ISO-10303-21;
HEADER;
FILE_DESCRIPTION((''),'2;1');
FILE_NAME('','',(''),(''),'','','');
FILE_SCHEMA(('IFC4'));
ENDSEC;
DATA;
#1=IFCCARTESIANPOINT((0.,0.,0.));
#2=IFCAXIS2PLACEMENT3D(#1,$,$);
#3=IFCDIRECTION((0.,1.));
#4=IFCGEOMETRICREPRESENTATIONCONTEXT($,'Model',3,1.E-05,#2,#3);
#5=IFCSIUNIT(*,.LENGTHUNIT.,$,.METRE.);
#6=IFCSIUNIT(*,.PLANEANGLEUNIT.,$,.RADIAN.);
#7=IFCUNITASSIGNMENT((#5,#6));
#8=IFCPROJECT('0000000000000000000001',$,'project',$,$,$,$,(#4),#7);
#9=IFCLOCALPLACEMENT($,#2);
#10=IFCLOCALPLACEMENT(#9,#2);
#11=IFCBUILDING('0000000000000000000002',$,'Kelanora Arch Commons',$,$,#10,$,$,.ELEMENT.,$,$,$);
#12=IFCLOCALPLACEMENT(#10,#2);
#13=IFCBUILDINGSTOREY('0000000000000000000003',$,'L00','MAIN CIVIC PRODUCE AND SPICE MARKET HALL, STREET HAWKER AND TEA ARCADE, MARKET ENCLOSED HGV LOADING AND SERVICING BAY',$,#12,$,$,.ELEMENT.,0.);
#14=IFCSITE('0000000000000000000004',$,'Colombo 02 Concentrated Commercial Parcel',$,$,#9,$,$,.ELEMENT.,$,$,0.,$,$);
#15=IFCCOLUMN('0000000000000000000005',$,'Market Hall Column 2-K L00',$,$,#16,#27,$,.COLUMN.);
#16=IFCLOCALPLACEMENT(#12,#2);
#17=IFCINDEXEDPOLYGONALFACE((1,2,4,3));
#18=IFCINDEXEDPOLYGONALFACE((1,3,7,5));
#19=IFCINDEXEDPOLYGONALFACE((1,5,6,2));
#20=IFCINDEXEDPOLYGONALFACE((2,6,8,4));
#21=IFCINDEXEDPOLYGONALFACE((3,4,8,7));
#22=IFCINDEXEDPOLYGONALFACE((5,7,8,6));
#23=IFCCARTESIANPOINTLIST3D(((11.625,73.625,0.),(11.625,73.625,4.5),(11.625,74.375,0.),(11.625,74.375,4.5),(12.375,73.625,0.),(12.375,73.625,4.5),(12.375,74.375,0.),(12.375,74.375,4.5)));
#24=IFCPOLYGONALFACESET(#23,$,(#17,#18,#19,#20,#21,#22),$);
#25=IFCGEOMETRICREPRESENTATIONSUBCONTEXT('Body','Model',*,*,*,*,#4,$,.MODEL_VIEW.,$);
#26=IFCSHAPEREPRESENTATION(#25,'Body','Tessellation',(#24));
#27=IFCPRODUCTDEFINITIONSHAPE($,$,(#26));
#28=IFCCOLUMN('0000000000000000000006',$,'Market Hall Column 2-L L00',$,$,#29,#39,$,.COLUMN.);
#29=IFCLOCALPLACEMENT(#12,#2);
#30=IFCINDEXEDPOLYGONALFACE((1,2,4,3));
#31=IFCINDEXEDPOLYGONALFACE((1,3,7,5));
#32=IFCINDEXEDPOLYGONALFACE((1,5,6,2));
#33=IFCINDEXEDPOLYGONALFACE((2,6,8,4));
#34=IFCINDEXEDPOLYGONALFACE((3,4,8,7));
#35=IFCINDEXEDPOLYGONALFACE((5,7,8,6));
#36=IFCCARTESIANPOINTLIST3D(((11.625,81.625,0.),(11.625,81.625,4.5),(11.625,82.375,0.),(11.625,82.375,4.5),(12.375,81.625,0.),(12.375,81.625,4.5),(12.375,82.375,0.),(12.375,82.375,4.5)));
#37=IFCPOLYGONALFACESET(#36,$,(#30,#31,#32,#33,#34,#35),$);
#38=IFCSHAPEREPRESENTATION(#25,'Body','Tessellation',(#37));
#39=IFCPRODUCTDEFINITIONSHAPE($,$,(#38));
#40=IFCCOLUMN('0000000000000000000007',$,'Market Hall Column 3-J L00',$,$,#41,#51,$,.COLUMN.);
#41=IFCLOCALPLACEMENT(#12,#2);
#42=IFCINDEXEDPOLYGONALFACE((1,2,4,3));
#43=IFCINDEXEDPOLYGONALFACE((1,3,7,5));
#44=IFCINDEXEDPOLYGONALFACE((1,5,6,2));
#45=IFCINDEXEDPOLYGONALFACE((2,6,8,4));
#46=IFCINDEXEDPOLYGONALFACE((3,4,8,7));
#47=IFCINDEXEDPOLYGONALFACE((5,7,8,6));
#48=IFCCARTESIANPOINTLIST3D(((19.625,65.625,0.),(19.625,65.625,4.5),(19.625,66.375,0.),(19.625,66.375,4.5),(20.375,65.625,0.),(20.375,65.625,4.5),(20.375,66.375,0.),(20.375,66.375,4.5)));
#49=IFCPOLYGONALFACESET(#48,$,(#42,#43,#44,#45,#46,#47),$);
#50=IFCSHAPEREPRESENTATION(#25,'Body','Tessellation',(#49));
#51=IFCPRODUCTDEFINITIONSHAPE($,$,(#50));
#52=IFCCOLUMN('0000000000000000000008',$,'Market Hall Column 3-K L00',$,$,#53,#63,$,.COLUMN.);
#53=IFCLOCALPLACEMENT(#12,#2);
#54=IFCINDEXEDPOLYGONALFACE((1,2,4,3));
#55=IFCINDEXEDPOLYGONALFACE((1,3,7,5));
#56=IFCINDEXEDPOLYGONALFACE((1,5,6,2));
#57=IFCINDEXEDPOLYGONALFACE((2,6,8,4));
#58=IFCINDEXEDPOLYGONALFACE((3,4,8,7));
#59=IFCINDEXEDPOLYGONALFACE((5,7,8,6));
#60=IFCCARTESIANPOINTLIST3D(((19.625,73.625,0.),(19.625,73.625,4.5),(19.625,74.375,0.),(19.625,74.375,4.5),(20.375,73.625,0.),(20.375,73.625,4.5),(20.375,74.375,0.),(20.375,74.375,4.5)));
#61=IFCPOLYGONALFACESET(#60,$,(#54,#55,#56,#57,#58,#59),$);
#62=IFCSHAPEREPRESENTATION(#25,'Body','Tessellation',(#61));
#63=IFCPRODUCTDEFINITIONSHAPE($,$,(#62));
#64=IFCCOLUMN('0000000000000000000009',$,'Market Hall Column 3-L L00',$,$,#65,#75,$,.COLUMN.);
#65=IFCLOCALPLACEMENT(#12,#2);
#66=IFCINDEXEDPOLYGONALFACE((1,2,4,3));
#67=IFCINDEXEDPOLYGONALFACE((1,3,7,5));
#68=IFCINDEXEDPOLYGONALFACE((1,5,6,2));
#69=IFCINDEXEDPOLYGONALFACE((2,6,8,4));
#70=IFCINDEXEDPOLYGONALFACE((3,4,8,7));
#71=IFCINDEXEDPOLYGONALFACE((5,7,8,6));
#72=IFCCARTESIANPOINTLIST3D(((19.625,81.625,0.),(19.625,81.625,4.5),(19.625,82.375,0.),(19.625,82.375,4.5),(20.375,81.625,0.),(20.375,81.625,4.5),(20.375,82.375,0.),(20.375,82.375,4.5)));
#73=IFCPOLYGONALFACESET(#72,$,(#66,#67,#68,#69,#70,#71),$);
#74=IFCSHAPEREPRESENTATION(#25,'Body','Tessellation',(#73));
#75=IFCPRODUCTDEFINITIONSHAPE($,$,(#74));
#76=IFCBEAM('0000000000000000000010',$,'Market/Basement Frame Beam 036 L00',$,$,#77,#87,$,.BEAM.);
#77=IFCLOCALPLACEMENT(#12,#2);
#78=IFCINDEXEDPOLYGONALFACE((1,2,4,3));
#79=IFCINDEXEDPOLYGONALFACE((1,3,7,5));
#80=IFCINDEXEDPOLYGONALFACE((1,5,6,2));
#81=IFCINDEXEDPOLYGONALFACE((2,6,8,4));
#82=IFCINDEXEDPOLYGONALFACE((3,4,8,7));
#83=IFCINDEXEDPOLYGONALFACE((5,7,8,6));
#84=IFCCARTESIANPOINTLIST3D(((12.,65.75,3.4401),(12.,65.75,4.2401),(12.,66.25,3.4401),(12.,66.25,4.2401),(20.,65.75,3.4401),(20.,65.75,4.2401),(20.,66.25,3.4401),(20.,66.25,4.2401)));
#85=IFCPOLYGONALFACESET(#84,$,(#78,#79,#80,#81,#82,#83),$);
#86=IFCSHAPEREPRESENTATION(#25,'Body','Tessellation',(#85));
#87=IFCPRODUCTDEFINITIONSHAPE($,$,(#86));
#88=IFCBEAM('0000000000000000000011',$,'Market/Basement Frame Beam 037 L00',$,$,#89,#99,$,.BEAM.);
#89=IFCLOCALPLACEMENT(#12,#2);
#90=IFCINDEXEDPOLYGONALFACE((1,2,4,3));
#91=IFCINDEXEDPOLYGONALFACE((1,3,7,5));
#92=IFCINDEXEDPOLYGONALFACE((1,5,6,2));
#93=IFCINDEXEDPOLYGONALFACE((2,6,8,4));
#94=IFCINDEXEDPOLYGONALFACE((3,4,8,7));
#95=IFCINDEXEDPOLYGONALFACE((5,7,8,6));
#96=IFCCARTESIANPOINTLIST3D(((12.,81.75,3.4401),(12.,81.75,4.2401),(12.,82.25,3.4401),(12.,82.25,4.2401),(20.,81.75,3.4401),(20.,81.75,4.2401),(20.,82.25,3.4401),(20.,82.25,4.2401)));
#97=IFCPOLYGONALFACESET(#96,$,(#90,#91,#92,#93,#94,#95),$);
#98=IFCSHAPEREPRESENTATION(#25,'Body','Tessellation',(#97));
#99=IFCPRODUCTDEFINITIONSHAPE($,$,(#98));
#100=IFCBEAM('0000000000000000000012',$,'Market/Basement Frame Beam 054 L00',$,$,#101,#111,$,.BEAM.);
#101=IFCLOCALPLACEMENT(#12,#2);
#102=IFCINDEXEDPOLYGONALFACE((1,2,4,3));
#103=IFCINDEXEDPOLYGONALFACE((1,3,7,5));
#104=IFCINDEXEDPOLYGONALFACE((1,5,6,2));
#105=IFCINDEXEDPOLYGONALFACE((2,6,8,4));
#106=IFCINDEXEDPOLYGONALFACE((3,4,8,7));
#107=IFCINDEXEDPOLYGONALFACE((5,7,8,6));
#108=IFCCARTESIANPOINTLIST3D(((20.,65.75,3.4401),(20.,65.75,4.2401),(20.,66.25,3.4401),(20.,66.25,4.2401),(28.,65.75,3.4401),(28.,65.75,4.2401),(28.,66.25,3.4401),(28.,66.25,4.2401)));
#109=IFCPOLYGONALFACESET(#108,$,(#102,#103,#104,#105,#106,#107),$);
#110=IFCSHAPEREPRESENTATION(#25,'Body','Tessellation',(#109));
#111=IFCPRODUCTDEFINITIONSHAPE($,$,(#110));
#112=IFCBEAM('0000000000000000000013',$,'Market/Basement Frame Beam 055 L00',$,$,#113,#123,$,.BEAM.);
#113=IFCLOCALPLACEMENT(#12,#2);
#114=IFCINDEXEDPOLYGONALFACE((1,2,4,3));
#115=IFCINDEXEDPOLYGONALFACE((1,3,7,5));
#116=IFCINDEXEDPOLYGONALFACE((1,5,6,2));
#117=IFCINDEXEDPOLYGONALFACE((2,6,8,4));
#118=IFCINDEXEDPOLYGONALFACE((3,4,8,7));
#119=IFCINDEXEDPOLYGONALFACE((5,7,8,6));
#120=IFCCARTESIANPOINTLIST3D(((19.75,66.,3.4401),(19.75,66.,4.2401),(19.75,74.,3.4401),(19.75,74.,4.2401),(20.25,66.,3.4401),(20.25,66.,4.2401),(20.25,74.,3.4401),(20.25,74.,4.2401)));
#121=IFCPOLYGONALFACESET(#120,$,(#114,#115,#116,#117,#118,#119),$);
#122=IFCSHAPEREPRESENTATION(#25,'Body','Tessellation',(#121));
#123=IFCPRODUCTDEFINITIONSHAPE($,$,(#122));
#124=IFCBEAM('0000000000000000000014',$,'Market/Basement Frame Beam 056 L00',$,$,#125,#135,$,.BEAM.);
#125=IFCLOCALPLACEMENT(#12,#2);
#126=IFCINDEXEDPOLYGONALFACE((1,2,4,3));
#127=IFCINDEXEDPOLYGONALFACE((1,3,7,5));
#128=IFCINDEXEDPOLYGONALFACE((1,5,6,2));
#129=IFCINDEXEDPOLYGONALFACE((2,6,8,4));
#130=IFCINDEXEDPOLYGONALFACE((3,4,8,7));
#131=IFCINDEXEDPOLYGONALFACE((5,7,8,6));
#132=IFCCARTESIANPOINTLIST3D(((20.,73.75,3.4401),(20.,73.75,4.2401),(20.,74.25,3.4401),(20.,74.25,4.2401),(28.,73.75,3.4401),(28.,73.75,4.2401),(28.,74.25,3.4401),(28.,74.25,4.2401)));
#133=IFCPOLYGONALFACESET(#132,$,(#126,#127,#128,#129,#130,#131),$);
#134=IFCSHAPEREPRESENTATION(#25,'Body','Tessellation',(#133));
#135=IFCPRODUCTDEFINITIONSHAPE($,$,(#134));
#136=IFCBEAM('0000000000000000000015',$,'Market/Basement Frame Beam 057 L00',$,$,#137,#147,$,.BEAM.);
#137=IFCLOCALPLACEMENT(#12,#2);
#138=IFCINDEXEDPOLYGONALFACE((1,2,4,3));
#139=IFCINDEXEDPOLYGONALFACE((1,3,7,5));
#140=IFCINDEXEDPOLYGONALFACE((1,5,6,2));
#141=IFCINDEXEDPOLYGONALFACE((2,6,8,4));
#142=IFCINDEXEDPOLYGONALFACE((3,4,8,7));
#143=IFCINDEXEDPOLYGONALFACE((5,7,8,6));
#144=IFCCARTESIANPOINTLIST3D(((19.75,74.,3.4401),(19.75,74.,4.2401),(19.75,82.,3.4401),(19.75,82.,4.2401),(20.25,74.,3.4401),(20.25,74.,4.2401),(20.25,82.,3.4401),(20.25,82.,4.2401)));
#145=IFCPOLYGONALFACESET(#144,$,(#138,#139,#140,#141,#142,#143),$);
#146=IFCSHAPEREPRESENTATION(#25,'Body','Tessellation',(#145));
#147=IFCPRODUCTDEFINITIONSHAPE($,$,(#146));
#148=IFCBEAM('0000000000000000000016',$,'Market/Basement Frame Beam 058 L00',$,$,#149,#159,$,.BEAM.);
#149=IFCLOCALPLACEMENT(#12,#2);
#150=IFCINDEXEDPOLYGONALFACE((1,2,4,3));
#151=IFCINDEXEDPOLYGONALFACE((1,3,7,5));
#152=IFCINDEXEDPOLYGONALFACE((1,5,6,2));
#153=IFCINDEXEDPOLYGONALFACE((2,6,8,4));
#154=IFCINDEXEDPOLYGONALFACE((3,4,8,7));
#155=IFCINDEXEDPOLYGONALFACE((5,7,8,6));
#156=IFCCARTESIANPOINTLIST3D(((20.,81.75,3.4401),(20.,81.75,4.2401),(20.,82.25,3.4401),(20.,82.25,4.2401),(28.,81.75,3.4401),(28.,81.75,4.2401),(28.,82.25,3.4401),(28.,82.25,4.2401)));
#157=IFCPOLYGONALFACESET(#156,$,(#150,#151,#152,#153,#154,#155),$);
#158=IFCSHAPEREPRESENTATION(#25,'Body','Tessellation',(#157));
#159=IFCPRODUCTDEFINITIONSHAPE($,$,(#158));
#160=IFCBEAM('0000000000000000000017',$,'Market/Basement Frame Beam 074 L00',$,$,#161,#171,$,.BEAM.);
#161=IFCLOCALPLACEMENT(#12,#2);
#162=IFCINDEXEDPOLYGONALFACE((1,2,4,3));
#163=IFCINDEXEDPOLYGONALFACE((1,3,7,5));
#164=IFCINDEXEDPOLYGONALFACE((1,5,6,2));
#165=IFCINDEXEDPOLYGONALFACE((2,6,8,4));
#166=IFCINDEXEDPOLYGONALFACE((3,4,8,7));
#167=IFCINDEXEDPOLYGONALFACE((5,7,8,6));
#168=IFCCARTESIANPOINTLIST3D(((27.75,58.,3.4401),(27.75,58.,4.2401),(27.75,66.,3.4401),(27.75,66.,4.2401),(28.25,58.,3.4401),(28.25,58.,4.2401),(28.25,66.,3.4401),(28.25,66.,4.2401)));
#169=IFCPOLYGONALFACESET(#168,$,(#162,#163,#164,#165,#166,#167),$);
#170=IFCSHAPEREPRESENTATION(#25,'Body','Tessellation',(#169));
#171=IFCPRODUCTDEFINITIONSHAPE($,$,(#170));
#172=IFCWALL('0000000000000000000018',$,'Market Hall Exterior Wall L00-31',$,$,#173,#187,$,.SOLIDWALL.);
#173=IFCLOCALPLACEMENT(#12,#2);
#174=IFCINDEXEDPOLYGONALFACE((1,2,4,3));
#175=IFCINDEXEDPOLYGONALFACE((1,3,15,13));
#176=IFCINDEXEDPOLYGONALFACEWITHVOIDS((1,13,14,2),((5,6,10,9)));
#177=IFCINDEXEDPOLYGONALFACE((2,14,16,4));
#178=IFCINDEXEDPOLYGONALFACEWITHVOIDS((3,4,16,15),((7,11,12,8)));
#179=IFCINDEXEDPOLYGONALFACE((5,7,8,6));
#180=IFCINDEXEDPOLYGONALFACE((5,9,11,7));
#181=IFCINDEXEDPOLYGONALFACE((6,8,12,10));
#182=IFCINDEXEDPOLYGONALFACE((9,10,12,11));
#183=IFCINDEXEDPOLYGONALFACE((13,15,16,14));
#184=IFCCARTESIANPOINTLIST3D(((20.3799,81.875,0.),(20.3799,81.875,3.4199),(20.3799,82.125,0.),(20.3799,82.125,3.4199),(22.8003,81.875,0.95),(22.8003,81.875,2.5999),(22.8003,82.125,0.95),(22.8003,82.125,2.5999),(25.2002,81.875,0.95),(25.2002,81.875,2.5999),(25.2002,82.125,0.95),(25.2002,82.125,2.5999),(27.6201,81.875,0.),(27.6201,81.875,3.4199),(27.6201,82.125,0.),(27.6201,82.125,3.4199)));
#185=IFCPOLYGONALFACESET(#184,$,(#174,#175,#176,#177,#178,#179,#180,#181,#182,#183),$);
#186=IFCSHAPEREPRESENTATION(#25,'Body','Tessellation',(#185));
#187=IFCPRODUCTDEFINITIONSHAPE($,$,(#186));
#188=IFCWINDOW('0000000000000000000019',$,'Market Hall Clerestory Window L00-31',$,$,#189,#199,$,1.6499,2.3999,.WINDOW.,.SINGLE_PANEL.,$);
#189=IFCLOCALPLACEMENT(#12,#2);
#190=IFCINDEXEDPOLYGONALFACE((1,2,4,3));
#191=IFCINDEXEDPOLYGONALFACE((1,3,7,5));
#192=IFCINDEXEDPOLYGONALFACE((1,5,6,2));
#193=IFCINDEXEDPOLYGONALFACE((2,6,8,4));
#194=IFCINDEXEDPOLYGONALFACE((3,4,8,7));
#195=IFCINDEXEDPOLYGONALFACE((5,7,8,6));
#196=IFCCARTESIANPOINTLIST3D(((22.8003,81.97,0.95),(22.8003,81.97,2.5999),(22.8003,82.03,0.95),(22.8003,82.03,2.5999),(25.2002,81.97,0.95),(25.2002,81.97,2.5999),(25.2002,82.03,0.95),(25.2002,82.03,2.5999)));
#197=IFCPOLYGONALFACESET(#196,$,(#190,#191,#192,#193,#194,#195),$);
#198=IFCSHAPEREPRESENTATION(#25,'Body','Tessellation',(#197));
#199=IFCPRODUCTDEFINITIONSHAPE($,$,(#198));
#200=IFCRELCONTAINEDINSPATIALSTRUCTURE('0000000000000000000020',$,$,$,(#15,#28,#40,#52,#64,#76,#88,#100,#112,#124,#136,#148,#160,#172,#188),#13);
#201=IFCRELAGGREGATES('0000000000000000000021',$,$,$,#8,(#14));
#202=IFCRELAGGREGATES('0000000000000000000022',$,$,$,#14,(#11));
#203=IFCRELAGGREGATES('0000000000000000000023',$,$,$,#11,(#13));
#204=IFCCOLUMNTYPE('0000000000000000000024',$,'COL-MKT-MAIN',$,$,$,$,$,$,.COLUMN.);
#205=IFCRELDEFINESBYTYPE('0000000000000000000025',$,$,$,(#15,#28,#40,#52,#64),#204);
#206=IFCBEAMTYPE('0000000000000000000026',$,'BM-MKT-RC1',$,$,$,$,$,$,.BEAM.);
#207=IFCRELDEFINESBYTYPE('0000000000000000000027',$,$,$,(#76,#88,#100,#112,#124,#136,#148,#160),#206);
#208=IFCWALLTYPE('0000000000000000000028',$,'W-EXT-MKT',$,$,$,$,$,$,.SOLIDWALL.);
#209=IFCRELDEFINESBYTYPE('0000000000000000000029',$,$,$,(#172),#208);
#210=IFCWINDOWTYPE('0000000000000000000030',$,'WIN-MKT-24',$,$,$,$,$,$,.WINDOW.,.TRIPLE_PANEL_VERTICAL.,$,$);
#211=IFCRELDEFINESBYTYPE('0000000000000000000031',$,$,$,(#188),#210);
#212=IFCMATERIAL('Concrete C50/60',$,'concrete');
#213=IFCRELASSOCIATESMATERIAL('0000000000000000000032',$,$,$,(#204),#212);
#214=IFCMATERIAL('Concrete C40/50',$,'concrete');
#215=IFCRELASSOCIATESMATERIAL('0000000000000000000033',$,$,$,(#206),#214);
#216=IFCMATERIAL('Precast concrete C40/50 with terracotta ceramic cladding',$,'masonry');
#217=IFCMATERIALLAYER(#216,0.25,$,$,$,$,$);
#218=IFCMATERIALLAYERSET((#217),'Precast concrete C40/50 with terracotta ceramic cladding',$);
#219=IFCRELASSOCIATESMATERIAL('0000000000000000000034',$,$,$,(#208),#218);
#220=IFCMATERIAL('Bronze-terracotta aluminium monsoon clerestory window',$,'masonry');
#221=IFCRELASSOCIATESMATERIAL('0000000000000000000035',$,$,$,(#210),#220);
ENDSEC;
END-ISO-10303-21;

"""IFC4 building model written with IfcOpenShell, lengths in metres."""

from ifc_helpers import new_model, si_unit, direction, frame, frame_2d, origin, origin_2d, place, context, subcontext, project, spatial, rectangle, extrude, material, layer, layer_set, material_profile, profile_set, type_object, element, fill, save


model = new_model("IFC4")

# Units and contexts
model_context = context("Model", 3, precision=1e-05, world=origin(), true_north=direction((0.0, 1.0)))
body_context = subcontext(model_context, "Body", "Model", "MODEL_VIEW")
ifc_project = project(units=[si_unit("LENGTHUNIT", "METRE"), si_unit("PLANEANGLEUNIT", "RADIAN")], contexts=[model_context])

# Site, building, storey
site_placement = place(None, origin())
site = spatial("IfcSite", under=ifc_project, at=site_placement, Name="Colombo 02 Concentrated Commercial Parcel", CompositionType="ELEMENT", RefElevation=0.0)
building_placement = place(site_placement, origin())
building = spatial("IfcBuilding", under=site, at=building_placement, Name="Kelanora Arch Commons", CompositionType="ELEMENT")
storey_placement = place(building_placement, origin())
storey = spatial("IfcBuildingStorey", under=building, at=storey_placement, Name="L00", Description="MAIN CIVIC PRODUCE AND SPICE MARKET HALL, STREET HAWKER AND TEA ARCADE, MARKET ENCLOSED HGV LOADING AND SERVICING BAY", CompositionType="ELEMENT", Elevation=0.0)

# Columns
ifc_material_1 = material(Name="Concrete C50/60", Category="concrete")
ifc_material_profile_1 = material_profile(ifc_material_1, rectangle(XDim=0.75, YDim=0.75, at=origin_2d()), Name="RC750x750")
ifc_profile_set_1 = profile_set([ifc_material_profile_1], Name="Concrete C50/60")
column_type = type_object("IfcColumnType", Name="COL-MKT-MAIN", PredefinedType="COLUMN", material=ifc_profile_set_1)
for number, where, z_axis, x_axis, name in (
    (1, (12.0, 74.0, 0.0), (0.0, 0.0, 1.0), (1.0, 0.0, 0.0), "Market Hall Column 2-K L00"),
    (2, (12.0, 82.0, 0.0), (0.0, 0.0, 1.0), (1.0, 0.0, 0.0), "Market Hall Column 2-L L00"),
    (3, (20.0, 66.0, 0.0), (0.0, 0.0, 1.0), (1.0, 0.0, 0.0), "Market Hall Column 3-J L00"),
    (4, (20.0, 74.0, 0.0), (0.0, 0.0, 1.0), (1.0, 0.0, 0.0), "Market Hall Column 3-K L00"),
    (5, (20.0, 82.0, 0.0), (0.0, 0.0, 1.0), (1.0, 0.0, 0.0), "Market Hall Column 3-L L00"),
):
    element("IfcColumn", number, at=place(storey_placement, frame(where, z_axis=z_axis, x_axis=x_axis)), inside=storey, type_object=column_type, Name=name, PredefinedType="COLUMN", context=body_context, shape_type="SweptSolid", body=[
        extrude(rectangle(XDim=0.75, YDim=0.75, at=origin_2d()), origin(), (0.0, 0.0, 1.0), 4.5),
    ])

# Beams
ifc_material_2 = material(Name="Concrete C40/50", Category="concrete")
ifc_material_profile_2 = material_profile(ifc_material_2, rectangle(XDim=0.5, YDim=0.8, at=origin_2d()), Name="RCB500x800")
ifc_profile_set_2 = profile_set([ifc_material_profile_2], Name="Concrete C40/50")
beam_type = type_object("IfcBeamType", Name="BM-MKT-RC1", PredefinedType="BEAM", material=ifc_profile_set_2)
for number, where, z_axis, x_axis, name in (
    (6, (12.0, 66.0, 3.8401), (1.0, 0.0, 0.0), (0.0, 1.0, 0.0), "Market/Basement Frame Beam 036 L00"),
    (7, (12.0, 82.0, 3.8401), (1.0, 0.0, 0.0), (0.0, 1.0, 0.0), "Market/Basement Frame Beam 037 L00"),
    (8, (20.0, 66.0, 3.8401), (1.0, 0.0, 0.0), (0.0, 1.0, 0.0), "Market/Basement Frame Beam 054 L00"),
    (9, (20.0, 66.0, 3.8401), (0.0, 1.0, 0.0), (-1.0, 0.0, 0.0), "Market/Basement Frame Beam 055 L00"),
    (10, (20.0, 74.0, 3.8401), (1.0, 0.0, 0.0), (0.0, 1.0, 0.0), "Market/Basement Frame Beam 056 L00"),
    (11, (20.0, 74.0, 3.8401), (0.0, 1.0, 0.0), (-1.0, 0.0, 0.0), "Market/Basement Frame Beam 057 L00"),
    (12, (20.0, 82.0, 3.8401), (1.0, 0.0, 0.0), (0.0, 1.0, 0.0), "Market/Basement Frame Beam 058 L00"),
    (13, (28.0, 58.0, 3.8401), (0.0, 1.0, 0.0), (-1.0, 0.0, 0.0), "Market/Basement Frame Beam 074 L00"),
):
    element("IfcBeam", number, at=place(storey_placement, frame(where, z_axis=z_axis, x_axis=x_axis)), inside=storey, type_object=beam_type, Name=name, PredefinedType="BEAM", context=body_context, shape_type="SweptSolid", body=[
        extrude(rectangle(XDim=0.5, YDim=0.8, at=origin_2d()), origin(), (0.0, 0.0, 1.0), 8.0),
    ])

# Wall, opening, window
ifc_material_3 = material(Name="Precast concrete C40/50 with terracotta ceramic cladding", Category="masonry")
ifc_layer_1 = layer(ifc_material_3, 0.25)
ifc_layer_set_1 = layer_set([ifc_layer_1], Name="Precast concrete C40/50 with terracotta ceramic cladding")
wall_type_1 = type_object("IfcWallType", Name="W-EXT-MKT", PredefinedType="SOLIDWALL", material=ifc_layer_set_1)
wall_1_placement = place(storey_placement, frame((27.6201, 82.0, 0.0), z_axis=(0.0, 0.0, 1.0), x_axis=(-1.0, 0.0, 0.0)))
wall_1 = element("IfcWall", 14, at=wall_1_placement, inside=storey, type_object=wall_type_1, Name="Market Hall Exterior Wall L00-31", PredefinedType="SOLIDWALL", context=body_context, shape_type="SweptSolid", body=[
    extrude(rectangle(XDim=7.2402, YDim=0.25, at=frame_2d((3.6201, 0.0))), origin(), (0.0, 0.0, 1.0), 3.4199),
])
opening_1_placement = place(wall_1_placement, frame((2.4199, 0.0, 0.95)))
opening_1 = element("IfcOpeningElement", 15, at=opening_1_placement, cuts=wall_1, PredefinedType="OPENING", context=body_context, shape_type="SweptSolid", body=[
    extrude(rectangle(XDim=2.3999, YDim=1.6499, at=frame_2d((1.2, 0.825))), frame((0.0, 0.135, 0.0), z_axis=(0.0, -1.0, 0.0), x_axis=(1.0, 0.0, 0.0)), (0.0, 0.0, 1.0), 0.27),
])
ifc_material_4 = material(Name="Bronze-terracotta aluminium monsoon clerestory window", Category="masonry")
window_type = type_object("IfcWindowType", Name="WIN-MKT-24", PartitioningType="TRIPLE_PANEL_VERTICAL", PredefinedType="WINDOW", material=ifc_material_4)
window_1_placement = place(opening_1_placement, origin())
window_1 = element("IfcWindow", 16, at=window_1_placement, inside=storey, type_object=window_type, Name="Market Hall Clerestory Window L00-31", OverallHeight=1.6499, OverallWidth=2.3999, PartitioningType="SINGLE_PANEL", PredefinedType="WINDOW", context=body_context, shape_type="SweptSolid", body=[
    extrude(rectangle(XDim=2.3999, YDim=1.6499, at=frame_2d((1.2, 0.825))), frame((0.0, 0.03, 0.0), z_axis=(0.0, -1.0, 0.0), x_axis=(1.0, 0.0, 0.0)), (0.0, 0.0, 1.0), 0.0601),
])
fill(opening_1, window_1)

save(model, "model.ifc")
